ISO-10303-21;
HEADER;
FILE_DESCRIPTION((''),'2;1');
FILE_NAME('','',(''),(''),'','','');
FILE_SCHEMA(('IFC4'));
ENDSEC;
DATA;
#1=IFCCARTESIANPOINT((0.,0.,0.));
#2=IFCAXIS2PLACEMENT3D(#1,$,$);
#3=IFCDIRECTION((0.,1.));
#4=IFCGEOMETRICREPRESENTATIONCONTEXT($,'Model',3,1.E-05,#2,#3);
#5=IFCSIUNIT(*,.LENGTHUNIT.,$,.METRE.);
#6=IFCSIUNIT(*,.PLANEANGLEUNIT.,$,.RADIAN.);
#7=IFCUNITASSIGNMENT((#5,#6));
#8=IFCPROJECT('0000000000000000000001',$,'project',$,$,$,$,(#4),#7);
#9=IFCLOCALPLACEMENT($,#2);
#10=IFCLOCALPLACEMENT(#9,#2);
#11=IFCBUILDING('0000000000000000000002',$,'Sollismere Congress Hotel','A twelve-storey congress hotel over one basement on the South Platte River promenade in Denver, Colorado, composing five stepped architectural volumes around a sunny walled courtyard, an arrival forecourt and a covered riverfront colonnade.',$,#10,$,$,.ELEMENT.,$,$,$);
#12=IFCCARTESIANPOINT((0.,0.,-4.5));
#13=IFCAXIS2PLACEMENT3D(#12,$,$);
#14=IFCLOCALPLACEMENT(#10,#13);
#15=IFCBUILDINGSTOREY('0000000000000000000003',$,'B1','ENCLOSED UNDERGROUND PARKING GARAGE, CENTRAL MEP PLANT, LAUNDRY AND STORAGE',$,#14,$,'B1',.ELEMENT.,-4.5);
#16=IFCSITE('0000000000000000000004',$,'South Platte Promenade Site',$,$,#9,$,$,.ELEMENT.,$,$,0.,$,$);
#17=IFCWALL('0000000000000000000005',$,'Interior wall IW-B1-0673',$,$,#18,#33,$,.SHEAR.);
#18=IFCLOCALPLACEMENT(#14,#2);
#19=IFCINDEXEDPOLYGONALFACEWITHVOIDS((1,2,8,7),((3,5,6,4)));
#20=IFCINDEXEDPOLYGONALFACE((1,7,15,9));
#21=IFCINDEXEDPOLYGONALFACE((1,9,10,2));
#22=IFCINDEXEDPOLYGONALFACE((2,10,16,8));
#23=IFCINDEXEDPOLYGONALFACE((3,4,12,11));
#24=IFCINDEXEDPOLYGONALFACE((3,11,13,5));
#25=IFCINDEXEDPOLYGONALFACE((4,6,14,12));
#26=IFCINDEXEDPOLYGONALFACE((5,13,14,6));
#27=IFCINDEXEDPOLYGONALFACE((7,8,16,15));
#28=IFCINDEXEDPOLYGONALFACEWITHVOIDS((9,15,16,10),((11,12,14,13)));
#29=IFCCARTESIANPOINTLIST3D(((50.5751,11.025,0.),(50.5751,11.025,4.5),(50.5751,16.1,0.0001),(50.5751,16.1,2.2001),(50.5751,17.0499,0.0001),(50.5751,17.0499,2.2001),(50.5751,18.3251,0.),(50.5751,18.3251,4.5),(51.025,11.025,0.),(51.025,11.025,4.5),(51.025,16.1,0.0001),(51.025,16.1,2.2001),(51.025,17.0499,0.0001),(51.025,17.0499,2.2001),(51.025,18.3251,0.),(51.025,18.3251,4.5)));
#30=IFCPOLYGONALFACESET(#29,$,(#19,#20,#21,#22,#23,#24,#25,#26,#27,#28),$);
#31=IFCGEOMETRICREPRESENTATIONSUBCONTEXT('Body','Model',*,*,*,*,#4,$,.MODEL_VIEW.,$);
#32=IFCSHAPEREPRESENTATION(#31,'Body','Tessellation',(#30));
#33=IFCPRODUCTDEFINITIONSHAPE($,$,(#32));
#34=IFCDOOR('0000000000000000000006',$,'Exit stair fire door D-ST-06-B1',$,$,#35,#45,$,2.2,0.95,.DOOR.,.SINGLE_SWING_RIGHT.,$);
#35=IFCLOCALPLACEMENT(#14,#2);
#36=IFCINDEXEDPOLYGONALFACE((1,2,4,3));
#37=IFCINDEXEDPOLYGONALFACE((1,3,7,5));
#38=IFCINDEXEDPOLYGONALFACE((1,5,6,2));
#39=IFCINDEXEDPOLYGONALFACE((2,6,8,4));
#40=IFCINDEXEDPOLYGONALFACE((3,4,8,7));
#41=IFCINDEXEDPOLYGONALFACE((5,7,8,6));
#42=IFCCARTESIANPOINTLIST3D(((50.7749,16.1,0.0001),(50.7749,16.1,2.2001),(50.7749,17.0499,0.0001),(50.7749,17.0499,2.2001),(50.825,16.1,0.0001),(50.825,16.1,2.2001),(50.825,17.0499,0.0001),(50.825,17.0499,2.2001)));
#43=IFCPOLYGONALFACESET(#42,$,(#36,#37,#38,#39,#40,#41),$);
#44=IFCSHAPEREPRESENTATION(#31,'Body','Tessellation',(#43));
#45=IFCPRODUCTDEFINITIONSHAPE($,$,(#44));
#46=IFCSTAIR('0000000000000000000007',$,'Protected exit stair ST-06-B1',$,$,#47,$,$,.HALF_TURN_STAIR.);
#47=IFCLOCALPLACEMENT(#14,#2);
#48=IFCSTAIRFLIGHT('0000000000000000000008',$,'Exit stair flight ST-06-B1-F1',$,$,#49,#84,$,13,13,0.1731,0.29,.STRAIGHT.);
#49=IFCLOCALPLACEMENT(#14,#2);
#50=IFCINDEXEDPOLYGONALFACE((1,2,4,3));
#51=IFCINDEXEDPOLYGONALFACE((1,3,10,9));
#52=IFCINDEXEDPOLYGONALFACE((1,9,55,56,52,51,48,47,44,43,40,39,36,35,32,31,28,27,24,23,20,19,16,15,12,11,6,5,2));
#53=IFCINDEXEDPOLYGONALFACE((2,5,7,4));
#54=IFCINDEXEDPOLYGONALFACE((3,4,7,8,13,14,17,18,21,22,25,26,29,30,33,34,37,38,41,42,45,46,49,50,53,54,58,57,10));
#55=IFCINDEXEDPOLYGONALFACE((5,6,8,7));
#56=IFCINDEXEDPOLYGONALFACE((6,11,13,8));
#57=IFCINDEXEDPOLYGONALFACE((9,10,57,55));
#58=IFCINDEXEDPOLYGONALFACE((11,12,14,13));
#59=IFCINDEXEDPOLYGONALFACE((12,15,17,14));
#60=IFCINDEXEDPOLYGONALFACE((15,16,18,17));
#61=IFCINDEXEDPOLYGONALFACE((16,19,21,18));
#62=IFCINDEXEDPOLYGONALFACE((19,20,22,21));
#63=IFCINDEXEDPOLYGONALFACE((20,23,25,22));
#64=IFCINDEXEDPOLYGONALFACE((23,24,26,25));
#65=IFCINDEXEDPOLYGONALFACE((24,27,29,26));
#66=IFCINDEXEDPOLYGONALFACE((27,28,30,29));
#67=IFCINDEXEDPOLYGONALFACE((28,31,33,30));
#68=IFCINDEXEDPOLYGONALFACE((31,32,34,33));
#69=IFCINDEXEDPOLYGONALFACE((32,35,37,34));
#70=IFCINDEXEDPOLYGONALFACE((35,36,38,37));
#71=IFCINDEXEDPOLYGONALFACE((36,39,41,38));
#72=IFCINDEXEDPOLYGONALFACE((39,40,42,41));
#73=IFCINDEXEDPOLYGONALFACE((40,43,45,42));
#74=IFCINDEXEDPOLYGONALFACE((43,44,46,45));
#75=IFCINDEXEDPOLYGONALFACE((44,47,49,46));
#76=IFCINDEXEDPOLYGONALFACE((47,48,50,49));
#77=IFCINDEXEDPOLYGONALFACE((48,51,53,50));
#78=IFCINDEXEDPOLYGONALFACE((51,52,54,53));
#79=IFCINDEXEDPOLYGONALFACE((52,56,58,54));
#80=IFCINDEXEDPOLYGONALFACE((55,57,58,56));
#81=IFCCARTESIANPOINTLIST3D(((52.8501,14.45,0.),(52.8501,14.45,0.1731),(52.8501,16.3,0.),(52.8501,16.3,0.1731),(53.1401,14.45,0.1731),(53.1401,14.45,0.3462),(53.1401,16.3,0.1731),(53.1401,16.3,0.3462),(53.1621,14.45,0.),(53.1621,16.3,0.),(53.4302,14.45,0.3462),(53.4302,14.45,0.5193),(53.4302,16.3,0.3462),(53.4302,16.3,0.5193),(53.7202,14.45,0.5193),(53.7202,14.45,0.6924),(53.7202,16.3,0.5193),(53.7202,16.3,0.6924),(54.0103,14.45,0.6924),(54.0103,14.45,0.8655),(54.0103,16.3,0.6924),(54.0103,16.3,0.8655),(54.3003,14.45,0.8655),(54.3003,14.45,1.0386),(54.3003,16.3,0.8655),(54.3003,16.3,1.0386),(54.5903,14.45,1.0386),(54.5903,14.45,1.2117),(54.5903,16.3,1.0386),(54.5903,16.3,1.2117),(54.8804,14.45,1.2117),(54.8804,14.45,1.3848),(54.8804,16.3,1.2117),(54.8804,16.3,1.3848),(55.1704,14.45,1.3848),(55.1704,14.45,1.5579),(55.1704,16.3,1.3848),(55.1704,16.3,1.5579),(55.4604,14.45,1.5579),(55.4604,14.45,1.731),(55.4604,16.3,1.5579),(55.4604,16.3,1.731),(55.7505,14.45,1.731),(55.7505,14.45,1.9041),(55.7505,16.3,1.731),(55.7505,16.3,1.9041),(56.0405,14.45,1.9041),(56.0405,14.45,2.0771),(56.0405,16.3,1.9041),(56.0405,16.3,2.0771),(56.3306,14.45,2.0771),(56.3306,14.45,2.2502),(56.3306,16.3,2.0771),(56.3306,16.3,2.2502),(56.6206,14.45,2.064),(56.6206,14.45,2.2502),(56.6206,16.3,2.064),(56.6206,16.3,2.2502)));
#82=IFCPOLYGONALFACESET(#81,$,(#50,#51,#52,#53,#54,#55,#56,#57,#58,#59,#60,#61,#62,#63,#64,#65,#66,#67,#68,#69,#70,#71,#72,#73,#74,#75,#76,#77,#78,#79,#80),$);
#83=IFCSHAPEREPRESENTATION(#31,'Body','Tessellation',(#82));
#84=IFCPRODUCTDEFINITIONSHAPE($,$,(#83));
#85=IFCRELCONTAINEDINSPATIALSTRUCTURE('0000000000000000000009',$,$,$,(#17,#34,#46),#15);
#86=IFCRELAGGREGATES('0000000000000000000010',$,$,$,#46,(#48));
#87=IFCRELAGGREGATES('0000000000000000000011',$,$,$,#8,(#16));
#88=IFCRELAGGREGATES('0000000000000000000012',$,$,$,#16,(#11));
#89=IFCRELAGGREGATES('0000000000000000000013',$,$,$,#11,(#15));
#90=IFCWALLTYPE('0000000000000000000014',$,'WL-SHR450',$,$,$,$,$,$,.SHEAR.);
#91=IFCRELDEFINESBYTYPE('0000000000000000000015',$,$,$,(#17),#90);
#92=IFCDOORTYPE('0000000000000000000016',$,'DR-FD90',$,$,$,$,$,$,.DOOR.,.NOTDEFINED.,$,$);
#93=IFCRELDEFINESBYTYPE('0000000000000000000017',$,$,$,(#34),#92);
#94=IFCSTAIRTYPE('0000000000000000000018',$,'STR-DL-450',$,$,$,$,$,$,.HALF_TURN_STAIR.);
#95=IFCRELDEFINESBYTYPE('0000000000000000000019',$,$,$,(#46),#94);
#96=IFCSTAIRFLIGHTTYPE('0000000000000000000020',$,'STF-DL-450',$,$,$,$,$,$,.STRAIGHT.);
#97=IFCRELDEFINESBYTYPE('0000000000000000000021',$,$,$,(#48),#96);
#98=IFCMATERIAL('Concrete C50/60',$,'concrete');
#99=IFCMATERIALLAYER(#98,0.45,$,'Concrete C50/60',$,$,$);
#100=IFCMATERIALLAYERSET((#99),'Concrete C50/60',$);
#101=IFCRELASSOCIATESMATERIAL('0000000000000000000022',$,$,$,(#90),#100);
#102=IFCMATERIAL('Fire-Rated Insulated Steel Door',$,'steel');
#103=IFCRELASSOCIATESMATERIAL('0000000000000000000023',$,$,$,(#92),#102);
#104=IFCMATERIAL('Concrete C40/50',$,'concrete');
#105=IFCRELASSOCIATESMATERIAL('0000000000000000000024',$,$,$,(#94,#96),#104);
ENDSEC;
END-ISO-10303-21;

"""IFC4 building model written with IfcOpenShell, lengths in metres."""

from ifc_helpers import new_model, si_unit, direction, frame, frame_2d, origin, place, context, subcontext, project, spatial, polyline, rectangle, outline, extrude, material, layer, layer_set, type_object, element, fill, aggregate, save


model = new_model("IFC4")

# Units and contexts
model_context = context("Model", 3, precision=1e-05, world=origin(), true_north=direction((0.0, 1.0)))
body_context = subcontext(model_context, "Body", "Model", "MODEL_VIEW")
ifc_project = project(units=[si_unit("LENGTHUNIT", "METRE"), si_unit("PLANEANGLEUNIT", "RADIAN")], contexts=[model_context])

# Site, building, storey
site_placement = place(None, origin())
site = spatial("IfcSite", under=ifc_project, at=site_placement, Name="South Platte Promenade Site", CompositionType="ELEMENT", RefElevation=0.0)
building_placement = place(site_placement, origin())
building = spatial("IfcBuilding", under=site, at=building_placement, Name="Sollismere Congress Hotel", Description="A twelve-storey congress hotel over one basement on the South Platte River promenade in Denver, Colorado, composing five stepped architectural volumes around a sunny walled courtyard, an arrival forecourt and a covered riverfront colonnade.", CompositionType="ELEMENT")
storey_placement = place(building_placement, frame((0.0, 0.0, -4.5)))
storey = spatial("IfcBuildingStorey", under=building, at=storey_placement, Name="B1", Description="ENCLOSED UNDERGROUND PARKING GARAGE, CENTRAL MEP PLANT, LAUNDRY AND STORAGE", LongName="B1", CompositionType="ELEMENT", Elevation=-4.5)

# Shared definitions
ifc_material_1 = material(Name="Concrete C40/50", Category="concrete")

# Shared definitions
ifc_material_2 = material(Name="Concrete C50/60", Category="concrete")

# Wall, opening, door
ifc_layer_1 = layer(ifc_material_2, 0.45, Name="Concrete C50/60")
ifc_layer_set_1 = layer_set([ifc_layer_1], Name="Concrete C50/60")
wall_type_1 = type_object("IfcWallType", Name="WL-SHR450", PredefinedType="SHEAR", material=ifc_layer_set_1)
wall_1_placement = place(storey_placement, frame((50.8, 18.325, 0.0), z_axis=(0.0, 0.0, 1.0), x_axis=(0.0, -1.0, 0.0)))
wall_1 = element("IfcWall", 1, at=wall_1_placement, inside=storey, type_object=wall_type_1, Name="Interior wall IW-B1-0673", PredefinedType="SHEAR", context=body_context, shape_type="SweptSolid", body=[
    extrude(rectangle(XDim=7.3, YDim=0.45, at=frame_2d((3.6499, 0.0))), origin(), (0.0, 0.0, 1.0), 4.5),
])
opening_placement = place(wall_1_placement, frame((1.2749, 0.0, 0.0)))
opening = element("IfcOpeningElement", 2, at=opening_placement, cuts=wall_1, PredefinedType="OPENING", context=body_context, shape_type="SweptSolid", body=[
    extrude(rectangle(XDim=0.95, YDim=2.2, at=frame_2d((0.4751, 1.1001))), frame((0.0, 0.2349, 0.0), z_axis=(0.0, -1.0, 0.0), x_axis=(1.0, 0.0, 0.0)), (0.0, 0.0, 1.0), 0.47),
])
ifc_material_3 = material(Name="Fire-Rated Insulated Steel Door", Category="steel")
door_type = type_object("IfcDoorType", Name="DR-FD90", OperationType="NOTDEFINED", PredefinedType="DOOR", material=ifc_material_3)
door_placement = place(opening_placement, origin())
door = element("IfcDoor", 3, at=door_placement, inside=storey, type_object=door_type, Name="Exit stair fire door D-ST-06-B1", OperationType="SINGLE_SWING_RIGHT", OverallHeight=2.2, OverallWidth=0.95, PredefinedType="DOOR", context=body_context, shape_type="SweptSolid", body=[
    extrude(rectangle(XDim=0.95, YDim=2.2, at=frame_2d((0.4751, 1.1001))), frame((0.0, 0.0249, 0.0), z_axis=(0.0, -1.0, 0.0), x_axis=(1.0, 0.0, 0.0)), (0.0, 0.0, 1.0), 0.05),
])
fill(opening, door)

# Stair, stair flight
stair_type = type_object("IfcStairType", Name="STR-DL-450", PredefinedType="HALF_TURN_STAIR", material=ifc_material_1)
stair_placement = place(storey_placement, origin())
stair = element("IfcStair", 4, at=stair_placement, inside=storey, type_object=stair_type, Name="Protected exit stair ST-06-B1", PredefinedType="HALF_TURN_STAIR")
stair_flight_type = type_object("IfcStairFlightType", Name="STF-DL-450", PredefinedType="STRAIGHT", material=ifc_material_1)
stair_flight_placement = place(storey_placement, frame((52.8501, 15.375, 0.0), z_axis=(0.0, 0.0, 1.0), x_axis=(1.0, 0.0, 0.0)))
stair_flight = element("IfcStairFlight", 5, at=stair_flight_placement, type_object=stair_flight_type, Name="Exit stair flight ST-06-B1-F1", NumberOfRisers=13, NumberOfTreads=13, PredefinedType="STRAIGHT", RiserHeight=0.1731, TreadLength=0.29, context=body_context, shape_type="SweptSolid", body=[
    extrude(outline(polyline([(0.0, 0.0), (0.0, 0.1731), (0.29, 0.1731), (0.29, 0.3462), (0.5801, 0.3462), (0.5801, 0.5193), (0.8701, 0.5193), (0.8701, 0.6924), (1.1602, 0.6924), (1.1602, 0.8655), (1.4502, 0.8655), (1.4502, 1.0386), (1.7402, 1.0386), (1.7402, 1.2117), (2.0303, 1.2117), (2.0303, 1.3848), (2.3203, 1.3848), (2.3203, 1.5579), (2.6104, 1.5579), (2.6104, 1.731), (2.9004, 1.731), (2.9004, 1.9041), (3.1904, 1.9041), (3.1904, 2.0771), (3.4805, 2.0771), (3.4805, 2.2502), (3.7705, 2.2502), (3.7705, 2.064), (0.312, 0.0), (0.0, 0.0)])), frame((0.0, 0.925, 0.0), z_axis=(0.0, -1.0, 0.0), x_axis=(1.0, 0.0, 0.0)), (0.0, 0.0, 1.0), 1.8501),
])
aggregate(stair, [stair_flight])

save(model, "model.ifc")
